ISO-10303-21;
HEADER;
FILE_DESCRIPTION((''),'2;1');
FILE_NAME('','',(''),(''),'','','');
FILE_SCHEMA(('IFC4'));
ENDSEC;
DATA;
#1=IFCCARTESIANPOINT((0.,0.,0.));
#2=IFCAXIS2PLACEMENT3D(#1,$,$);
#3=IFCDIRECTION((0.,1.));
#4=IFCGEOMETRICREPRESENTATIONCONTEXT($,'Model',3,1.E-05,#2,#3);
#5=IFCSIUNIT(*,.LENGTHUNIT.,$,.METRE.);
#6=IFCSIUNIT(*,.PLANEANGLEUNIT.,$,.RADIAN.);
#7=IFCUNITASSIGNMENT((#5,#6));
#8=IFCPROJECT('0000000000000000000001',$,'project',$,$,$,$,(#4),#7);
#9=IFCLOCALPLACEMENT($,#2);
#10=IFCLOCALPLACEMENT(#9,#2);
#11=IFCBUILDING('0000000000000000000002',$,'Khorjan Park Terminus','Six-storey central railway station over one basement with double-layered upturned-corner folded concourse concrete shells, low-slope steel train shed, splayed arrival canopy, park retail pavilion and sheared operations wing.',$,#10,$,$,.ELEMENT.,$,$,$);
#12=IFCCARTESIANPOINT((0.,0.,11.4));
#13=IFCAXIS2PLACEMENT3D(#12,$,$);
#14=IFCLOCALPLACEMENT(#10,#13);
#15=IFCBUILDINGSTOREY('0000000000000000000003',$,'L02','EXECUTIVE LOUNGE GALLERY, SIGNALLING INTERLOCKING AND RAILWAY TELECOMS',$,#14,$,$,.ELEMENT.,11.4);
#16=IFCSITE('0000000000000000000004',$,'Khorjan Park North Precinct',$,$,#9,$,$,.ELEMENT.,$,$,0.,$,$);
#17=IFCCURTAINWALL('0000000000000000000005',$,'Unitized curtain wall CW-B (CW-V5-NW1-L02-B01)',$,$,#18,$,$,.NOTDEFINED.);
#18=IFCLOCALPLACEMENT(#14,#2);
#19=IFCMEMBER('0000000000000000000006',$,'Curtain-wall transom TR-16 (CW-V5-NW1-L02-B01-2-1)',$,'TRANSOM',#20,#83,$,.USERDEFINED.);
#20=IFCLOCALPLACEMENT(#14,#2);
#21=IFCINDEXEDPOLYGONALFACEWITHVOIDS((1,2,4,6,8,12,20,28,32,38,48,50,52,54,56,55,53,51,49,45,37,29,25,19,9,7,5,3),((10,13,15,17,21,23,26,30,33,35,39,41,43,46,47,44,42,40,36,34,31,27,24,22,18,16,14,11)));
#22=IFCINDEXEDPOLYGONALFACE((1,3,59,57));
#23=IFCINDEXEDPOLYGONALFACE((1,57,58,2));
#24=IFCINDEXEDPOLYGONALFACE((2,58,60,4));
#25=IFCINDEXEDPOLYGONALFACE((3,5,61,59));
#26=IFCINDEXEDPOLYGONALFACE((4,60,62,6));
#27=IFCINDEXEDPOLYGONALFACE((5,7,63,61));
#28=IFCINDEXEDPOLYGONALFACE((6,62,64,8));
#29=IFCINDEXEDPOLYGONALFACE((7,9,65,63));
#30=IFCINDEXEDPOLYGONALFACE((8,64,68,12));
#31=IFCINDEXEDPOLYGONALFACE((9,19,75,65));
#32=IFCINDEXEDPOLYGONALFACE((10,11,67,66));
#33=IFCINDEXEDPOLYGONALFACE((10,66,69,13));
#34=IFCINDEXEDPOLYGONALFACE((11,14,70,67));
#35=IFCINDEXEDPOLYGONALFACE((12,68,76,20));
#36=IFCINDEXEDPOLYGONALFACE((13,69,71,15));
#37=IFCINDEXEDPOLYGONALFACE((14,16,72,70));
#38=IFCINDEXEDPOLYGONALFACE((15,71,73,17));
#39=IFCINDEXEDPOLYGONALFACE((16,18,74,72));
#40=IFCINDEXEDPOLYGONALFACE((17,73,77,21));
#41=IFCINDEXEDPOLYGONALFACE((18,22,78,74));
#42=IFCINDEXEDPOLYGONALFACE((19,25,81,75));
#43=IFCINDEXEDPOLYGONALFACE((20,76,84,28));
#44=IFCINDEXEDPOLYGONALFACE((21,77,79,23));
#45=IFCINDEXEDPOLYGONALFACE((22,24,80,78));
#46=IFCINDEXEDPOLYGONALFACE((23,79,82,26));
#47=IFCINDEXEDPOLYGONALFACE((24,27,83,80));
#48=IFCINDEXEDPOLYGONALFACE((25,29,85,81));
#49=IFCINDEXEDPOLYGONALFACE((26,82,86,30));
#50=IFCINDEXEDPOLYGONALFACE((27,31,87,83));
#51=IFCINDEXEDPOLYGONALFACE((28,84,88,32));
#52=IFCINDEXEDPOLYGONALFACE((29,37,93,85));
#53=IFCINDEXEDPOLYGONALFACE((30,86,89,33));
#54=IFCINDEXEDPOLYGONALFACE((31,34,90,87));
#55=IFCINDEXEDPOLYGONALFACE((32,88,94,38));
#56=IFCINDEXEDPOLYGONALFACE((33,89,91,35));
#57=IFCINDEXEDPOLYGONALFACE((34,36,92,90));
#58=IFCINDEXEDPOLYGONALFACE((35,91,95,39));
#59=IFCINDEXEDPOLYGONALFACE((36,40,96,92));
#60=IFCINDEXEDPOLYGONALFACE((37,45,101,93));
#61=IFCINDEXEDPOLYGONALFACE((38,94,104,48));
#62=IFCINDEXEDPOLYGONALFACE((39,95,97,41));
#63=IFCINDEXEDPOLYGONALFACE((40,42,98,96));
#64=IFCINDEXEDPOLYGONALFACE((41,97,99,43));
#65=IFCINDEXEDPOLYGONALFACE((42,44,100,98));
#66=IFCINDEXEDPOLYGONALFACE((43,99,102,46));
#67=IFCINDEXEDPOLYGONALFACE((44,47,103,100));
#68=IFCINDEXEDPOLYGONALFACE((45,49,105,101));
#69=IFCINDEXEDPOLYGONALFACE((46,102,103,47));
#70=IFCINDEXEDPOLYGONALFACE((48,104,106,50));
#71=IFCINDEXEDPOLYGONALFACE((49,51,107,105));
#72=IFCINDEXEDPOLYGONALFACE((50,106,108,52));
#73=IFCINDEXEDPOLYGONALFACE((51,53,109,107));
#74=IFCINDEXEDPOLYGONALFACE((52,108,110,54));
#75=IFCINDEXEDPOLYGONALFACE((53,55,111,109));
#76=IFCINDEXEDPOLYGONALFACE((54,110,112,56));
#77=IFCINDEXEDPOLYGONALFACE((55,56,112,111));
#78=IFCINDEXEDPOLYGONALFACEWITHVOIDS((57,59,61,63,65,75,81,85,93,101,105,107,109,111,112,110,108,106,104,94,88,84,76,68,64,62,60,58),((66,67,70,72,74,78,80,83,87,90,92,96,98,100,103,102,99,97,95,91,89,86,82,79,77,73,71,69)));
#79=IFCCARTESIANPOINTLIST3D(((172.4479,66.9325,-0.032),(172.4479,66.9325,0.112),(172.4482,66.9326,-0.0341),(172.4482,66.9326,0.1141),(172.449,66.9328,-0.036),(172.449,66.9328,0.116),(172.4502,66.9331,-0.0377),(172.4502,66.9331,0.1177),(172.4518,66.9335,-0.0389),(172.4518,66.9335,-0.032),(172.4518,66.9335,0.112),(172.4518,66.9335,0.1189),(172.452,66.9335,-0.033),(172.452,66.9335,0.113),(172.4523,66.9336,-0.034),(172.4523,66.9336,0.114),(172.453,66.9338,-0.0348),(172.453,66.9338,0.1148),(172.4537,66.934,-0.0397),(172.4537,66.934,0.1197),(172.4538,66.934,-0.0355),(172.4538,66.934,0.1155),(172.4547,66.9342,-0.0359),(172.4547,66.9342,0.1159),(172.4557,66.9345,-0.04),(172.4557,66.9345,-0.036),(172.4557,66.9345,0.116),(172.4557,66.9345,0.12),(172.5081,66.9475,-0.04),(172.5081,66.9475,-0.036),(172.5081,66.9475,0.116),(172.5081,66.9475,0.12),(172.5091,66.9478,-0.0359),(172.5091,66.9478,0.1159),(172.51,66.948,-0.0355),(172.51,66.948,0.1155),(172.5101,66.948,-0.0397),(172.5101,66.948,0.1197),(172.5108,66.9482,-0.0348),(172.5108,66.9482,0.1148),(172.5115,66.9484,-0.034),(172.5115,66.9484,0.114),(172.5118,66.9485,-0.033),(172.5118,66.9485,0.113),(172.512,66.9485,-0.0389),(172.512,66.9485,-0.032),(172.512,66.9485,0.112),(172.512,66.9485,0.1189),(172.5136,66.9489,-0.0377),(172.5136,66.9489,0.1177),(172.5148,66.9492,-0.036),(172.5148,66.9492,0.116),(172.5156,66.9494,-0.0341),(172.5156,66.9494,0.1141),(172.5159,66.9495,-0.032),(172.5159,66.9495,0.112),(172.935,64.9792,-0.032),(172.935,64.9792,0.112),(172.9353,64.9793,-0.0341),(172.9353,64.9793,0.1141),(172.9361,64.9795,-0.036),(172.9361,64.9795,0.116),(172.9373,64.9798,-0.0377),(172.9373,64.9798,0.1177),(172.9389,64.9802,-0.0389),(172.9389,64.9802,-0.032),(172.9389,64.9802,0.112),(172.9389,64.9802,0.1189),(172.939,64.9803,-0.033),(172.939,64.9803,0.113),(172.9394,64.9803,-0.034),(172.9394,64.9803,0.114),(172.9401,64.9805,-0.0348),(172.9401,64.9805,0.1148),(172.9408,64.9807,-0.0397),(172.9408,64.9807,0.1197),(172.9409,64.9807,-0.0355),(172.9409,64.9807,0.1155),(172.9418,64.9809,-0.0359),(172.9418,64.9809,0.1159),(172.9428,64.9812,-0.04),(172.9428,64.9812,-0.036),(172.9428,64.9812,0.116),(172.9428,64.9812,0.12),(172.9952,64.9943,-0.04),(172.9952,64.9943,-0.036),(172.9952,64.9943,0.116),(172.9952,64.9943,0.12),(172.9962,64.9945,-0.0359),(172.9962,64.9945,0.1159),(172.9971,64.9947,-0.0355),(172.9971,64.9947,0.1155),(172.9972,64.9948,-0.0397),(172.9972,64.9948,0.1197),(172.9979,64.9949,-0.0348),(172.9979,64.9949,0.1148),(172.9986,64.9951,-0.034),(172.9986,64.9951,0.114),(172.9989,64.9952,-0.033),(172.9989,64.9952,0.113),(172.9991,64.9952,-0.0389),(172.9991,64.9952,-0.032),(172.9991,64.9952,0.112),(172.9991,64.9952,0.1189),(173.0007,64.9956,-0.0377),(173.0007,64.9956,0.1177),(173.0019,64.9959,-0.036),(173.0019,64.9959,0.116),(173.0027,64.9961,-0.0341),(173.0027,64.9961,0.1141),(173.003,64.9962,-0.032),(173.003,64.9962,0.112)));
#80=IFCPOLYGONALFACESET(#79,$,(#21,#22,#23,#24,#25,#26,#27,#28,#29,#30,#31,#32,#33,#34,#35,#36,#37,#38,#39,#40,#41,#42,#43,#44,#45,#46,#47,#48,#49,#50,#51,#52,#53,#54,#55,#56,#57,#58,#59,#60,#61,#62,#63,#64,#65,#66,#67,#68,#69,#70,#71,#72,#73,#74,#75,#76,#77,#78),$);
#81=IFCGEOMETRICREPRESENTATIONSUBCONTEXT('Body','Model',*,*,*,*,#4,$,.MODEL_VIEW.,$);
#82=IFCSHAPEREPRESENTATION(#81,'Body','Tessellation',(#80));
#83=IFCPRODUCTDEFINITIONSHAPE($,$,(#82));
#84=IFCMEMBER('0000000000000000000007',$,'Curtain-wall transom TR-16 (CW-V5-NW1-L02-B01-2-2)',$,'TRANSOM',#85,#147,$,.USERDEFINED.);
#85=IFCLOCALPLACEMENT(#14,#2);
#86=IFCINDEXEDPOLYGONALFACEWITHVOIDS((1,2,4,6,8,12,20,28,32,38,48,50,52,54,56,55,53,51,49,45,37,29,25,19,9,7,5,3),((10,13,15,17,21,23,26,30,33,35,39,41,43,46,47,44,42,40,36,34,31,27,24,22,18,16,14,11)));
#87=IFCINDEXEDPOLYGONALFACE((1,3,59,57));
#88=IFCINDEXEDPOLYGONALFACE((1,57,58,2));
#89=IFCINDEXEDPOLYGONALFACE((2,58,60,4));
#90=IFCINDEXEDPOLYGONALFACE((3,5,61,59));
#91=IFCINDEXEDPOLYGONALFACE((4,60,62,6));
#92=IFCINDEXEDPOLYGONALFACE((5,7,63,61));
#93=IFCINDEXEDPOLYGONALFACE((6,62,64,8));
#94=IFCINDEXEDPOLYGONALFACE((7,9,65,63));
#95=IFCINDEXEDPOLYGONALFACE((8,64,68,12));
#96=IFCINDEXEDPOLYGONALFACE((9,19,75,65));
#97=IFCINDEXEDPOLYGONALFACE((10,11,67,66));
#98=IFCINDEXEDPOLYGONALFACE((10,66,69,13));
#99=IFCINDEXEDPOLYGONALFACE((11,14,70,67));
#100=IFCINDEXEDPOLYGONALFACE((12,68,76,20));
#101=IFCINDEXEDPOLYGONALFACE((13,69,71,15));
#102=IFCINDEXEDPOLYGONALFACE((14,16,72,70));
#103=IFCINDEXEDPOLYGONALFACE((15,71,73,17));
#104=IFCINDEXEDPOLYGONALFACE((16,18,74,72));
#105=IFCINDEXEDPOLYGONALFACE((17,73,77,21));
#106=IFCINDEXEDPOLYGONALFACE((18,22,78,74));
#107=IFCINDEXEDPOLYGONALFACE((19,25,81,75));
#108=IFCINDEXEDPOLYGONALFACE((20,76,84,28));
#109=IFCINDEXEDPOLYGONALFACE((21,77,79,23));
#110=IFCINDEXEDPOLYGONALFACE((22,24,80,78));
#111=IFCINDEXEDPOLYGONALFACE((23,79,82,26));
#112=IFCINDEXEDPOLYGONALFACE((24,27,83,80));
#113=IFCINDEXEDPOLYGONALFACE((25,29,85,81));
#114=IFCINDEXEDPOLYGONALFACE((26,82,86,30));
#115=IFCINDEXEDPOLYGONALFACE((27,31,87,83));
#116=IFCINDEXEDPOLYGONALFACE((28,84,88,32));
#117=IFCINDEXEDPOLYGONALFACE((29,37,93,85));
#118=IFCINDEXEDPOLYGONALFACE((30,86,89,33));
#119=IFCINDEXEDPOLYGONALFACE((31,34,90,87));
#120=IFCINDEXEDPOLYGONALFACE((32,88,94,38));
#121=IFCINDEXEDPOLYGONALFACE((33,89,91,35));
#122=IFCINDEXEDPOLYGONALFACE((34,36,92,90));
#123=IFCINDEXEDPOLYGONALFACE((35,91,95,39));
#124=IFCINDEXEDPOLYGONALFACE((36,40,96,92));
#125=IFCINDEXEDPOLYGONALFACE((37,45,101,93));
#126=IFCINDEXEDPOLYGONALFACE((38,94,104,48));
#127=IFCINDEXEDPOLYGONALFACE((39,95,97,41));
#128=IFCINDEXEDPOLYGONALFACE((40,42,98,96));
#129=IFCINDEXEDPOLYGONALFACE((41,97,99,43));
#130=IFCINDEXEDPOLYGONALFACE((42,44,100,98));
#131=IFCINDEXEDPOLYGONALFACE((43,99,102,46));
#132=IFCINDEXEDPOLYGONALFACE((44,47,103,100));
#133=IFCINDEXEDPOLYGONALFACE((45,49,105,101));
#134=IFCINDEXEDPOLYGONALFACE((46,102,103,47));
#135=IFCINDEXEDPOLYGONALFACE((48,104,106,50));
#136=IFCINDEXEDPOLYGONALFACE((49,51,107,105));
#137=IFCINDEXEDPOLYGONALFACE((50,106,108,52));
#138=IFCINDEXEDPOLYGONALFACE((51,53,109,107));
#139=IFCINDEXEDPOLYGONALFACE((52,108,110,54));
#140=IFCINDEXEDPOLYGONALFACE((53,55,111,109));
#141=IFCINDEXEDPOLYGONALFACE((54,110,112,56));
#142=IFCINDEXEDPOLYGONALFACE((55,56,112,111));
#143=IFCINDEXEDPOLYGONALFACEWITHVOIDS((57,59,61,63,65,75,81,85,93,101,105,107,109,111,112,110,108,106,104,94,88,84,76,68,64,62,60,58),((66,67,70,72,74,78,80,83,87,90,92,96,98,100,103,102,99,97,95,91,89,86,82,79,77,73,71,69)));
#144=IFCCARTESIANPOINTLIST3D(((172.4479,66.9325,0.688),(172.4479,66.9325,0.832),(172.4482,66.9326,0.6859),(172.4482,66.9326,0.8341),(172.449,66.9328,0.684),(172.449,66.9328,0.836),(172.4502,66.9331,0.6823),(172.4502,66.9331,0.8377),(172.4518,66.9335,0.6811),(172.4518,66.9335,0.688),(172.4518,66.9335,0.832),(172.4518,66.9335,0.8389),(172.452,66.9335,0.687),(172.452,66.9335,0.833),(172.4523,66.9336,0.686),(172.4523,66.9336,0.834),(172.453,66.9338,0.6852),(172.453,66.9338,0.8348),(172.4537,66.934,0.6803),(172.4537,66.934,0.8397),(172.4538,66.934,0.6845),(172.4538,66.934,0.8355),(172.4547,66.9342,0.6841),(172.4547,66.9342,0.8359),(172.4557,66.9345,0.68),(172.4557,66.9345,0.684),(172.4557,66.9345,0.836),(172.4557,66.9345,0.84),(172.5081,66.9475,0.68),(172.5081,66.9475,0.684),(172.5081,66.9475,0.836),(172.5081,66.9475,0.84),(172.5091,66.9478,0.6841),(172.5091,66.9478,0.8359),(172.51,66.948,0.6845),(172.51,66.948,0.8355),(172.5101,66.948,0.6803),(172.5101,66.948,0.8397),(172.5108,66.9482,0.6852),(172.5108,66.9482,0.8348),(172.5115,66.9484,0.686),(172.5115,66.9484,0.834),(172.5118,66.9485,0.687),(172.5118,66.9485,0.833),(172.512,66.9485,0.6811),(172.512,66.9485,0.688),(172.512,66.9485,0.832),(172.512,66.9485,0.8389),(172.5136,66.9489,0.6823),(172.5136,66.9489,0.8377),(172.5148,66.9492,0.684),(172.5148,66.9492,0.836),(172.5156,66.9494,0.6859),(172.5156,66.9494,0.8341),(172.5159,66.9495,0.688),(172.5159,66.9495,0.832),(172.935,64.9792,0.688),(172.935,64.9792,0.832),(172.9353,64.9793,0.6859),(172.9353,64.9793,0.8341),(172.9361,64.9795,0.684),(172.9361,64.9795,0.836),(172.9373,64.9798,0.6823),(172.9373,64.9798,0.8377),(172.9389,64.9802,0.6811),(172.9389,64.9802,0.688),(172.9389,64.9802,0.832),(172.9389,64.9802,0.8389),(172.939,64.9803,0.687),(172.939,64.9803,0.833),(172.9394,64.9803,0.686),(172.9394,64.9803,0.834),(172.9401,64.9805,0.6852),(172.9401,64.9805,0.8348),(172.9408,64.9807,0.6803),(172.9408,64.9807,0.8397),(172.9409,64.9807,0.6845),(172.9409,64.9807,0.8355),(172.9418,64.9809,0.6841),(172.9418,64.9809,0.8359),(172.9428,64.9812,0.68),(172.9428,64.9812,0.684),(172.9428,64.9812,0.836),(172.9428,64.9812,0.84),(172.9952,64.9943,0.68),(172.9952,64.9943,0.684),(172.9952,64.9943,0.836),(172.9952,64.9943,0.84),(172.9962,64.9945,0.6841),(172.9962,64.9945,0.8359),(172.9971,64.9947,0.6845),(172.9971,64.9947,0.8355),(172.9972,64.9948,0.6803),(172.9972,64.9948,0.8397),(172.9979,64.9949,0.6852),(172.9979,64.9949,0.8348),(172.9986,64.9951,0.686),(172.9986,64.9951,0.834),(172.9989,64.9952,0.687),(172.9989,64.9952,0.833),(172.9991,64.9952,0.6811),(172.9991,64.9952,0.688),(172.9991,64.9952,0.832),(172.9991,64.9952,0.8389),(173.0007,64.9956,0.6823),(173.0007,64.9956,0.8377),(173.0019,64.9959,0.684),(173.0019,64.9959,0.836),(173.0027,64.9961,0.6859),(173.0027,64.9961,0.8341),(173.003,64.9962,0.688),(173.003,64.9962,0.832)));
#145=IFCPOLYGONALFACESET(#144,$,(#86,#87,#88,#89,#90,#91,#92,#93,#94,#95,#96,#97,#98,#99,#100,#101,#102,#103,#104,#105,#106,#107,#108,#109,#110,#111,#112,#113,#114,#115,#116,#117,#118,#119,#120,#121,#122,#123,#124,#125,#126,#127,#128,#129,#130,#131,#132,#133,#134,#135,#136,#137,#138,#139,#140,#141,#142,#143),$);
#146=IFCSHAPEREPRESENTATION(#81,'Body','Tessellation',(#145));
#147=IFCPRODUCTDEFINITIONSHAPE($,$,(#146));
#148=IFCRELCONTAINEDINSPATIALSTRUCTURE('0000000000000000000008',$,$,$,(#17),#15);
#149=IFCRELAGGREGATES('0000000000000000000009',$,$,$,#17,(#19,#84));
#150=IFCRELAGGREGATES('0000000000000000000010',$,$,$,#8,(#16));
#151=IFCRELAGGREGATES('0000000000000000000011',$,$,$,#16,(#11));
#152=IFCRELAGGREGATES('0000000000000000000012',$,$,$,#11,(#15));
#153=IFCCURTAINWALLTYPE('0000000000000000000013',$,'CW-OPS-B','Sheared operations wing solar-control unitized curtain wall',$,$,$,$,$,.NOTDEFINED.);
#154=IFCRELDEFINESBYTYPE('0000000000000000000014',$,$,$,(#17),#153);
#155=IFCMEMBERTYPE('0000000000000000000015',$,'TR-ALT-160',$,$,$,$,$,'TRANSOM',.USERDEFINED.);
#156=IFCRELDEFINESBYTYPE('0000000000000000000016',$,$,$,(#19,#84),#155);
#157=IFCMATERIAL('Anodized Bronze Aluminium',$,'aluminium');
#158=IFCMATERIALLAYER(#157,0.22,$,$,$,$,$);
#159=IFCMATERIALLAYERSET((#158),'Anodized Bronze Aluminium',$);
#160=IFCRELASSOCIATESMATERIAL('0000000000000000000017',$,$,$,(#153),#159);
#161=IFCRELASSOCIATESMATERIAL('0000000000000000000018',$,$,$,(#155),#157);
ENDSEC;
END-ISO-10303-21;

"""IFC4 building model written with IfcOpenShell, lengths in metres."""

from ifc_helpers import new_model, si_unit, direction, frame, origin, origin_2d, place, context, subcontext, project, spatial, hollow_rectangle, extrude, material, layer, layer_set, material_profile, profile_set, type_object, element, aggregate, save


model = new_model("IFC4")

# Units and contexts
model_context = context("Model", 3, precision=1e-05, world=origin(), true_north=direction((0.0, 1.0)))
body_context = subcontext(model_context, "Body", "Model", "MODEL_VIEW")
ifc_project = project(units=[si_unit("LENGTHUNIT", "METRE"), si_unit("PLANEANGLEUNIT", "RADIAN")], contexts=[model_context])

# Site, building, storey
site_placement = place(None, origin())
site = spatial("IfcSite", under=ifc_project, at=site_placement, Name="Khorjan Park North Precinct", CompositionType="ELEMENT", RefElevation=0.0)
building_placement = place(site_placement, origin())
building = spatial("IfcBuilding", under=site, at=building_placement, Name="Khorjan Park Terminus", Description="Six-storey central railway station over one basement with double-layered upturned-corner folded concourse concrete shells, low-slope steel train shed, splayed arrival canopy, park retail pavilion and sheared operations wing.", CompositionType="ELEMENT")
storey_placement = place(building_placement, frame((0.0, 0.0, 11.4)))
storey = spatial("IfcBuildingStorey", under=building, at=storey_placement, Name="L02", Description="EXECUTIVE LOUNGE GALLERY, SIGNALLING INTERLOCKING AND RAILWAY TELECOMS", CompositionType="ELEMENT", Elevation=11.4)

# Curtain wall, members
ifc_material_1 = material(Name="Anodized Bronze Aluminium", Category="aluminium")
ifc_layer_1 = layer(ifc_material_1, 0.22)
ifc_layer_set_1 = layer_set([ifc_layer_1], Name="Anodized Bronze Aluminium")
curtain_wall_type = type_object("IfcCurtainWallType", Name="CW-OPS-B", Description="Sheared operations wing solar-control unitized curtain wall", PredefinedType="NOTDEFINED", material=ifc_layer_set_1)
curtain_wall_placement = place(storey_placement, origin())
curtain_wall = element("IfcCurtainWall", 1, at=curtain_wall_placement, inside=storey, type_object=curtain_wall_type, Name="Unitized curtain wall CW-B (CW-V5-NW1-L02-B01)", PredefinedType="NOTDEFINED")
ifc_material_profile_1 = material_profile(ifc_material_1, hollow_rectangle(XDim=0.07, YDim=0.16, WallThickness=0.004, InnerFilletRadius=0.004, OuterFilletRadius=0.008, at=origin_2d()), Name="ALT 70x160x4")
ifc_profile_set_1 = profile_set([ifc_material_profile_1], Name="Anodized Bronze Aluminium")
member_type_1 = type_object("IfcMemberType", Name="TR-ALT-160", ElementType="TRANSOM", PredefinedType="USERDEFINED", material=ifc_profile_set_1)
member_1_placement = place(storey_placement, frame((172.4819, 66.941, 0.04), z_axis=(0.241963, -0.970286, 0.0), x_axis=(0.970286, 0.241963, 0.0)))
member_1 = element("IfcMember", 2, at=member_1_placement, type_object=member_type_1, Name="Curtain-wall transom TR-16 (CW-V5-NW1-L02-B01-2-1)", ObjectType="TRANSOM", PredefinedType="USERDEFINED", context=body_context, shape_type="SweptSolid", body=[
    extrude(hollow_rectangle(XDim=0.07, YDim=0.16, WallThickness=0.004, InnerFilletRadius=0.004, OuterFilletRadius=0.008, at=origin_2d()), origin(), (0.0, 0.0, 1.0), 2.0131),
])
member_2_placement = place(storey_placement, frame((172.4819, 66.941, 0.76), z_axis=(0.241963, -0.970286, 0.0), x_axis=(0.970286, 0.241963, 0.0)))
member_2 = element("IfcMember", 3, at=member_2_placement, type_object=member_type_1, Name="Curtain-wall transom TR-16 (CW-V5-NW1-L02-B01-2-2)", ObjectType="TRANSOM", PredefinedType="USERDEFINED", context=body_context, shape_type="SweptSolid", body=[
    extrude(hollow_rectangle(XDim=0.07, YDim=0.16, WallThickness=0.004, InnerFilletRadius=0.004, OuterFilletRadius=0.008, at=origin_2d()), origin(), (0.0, 0.0, 1.0), 2.0131),
])
aggregate(curtain_wall, [member_1, member_2])

save(model, "model.ifc")
